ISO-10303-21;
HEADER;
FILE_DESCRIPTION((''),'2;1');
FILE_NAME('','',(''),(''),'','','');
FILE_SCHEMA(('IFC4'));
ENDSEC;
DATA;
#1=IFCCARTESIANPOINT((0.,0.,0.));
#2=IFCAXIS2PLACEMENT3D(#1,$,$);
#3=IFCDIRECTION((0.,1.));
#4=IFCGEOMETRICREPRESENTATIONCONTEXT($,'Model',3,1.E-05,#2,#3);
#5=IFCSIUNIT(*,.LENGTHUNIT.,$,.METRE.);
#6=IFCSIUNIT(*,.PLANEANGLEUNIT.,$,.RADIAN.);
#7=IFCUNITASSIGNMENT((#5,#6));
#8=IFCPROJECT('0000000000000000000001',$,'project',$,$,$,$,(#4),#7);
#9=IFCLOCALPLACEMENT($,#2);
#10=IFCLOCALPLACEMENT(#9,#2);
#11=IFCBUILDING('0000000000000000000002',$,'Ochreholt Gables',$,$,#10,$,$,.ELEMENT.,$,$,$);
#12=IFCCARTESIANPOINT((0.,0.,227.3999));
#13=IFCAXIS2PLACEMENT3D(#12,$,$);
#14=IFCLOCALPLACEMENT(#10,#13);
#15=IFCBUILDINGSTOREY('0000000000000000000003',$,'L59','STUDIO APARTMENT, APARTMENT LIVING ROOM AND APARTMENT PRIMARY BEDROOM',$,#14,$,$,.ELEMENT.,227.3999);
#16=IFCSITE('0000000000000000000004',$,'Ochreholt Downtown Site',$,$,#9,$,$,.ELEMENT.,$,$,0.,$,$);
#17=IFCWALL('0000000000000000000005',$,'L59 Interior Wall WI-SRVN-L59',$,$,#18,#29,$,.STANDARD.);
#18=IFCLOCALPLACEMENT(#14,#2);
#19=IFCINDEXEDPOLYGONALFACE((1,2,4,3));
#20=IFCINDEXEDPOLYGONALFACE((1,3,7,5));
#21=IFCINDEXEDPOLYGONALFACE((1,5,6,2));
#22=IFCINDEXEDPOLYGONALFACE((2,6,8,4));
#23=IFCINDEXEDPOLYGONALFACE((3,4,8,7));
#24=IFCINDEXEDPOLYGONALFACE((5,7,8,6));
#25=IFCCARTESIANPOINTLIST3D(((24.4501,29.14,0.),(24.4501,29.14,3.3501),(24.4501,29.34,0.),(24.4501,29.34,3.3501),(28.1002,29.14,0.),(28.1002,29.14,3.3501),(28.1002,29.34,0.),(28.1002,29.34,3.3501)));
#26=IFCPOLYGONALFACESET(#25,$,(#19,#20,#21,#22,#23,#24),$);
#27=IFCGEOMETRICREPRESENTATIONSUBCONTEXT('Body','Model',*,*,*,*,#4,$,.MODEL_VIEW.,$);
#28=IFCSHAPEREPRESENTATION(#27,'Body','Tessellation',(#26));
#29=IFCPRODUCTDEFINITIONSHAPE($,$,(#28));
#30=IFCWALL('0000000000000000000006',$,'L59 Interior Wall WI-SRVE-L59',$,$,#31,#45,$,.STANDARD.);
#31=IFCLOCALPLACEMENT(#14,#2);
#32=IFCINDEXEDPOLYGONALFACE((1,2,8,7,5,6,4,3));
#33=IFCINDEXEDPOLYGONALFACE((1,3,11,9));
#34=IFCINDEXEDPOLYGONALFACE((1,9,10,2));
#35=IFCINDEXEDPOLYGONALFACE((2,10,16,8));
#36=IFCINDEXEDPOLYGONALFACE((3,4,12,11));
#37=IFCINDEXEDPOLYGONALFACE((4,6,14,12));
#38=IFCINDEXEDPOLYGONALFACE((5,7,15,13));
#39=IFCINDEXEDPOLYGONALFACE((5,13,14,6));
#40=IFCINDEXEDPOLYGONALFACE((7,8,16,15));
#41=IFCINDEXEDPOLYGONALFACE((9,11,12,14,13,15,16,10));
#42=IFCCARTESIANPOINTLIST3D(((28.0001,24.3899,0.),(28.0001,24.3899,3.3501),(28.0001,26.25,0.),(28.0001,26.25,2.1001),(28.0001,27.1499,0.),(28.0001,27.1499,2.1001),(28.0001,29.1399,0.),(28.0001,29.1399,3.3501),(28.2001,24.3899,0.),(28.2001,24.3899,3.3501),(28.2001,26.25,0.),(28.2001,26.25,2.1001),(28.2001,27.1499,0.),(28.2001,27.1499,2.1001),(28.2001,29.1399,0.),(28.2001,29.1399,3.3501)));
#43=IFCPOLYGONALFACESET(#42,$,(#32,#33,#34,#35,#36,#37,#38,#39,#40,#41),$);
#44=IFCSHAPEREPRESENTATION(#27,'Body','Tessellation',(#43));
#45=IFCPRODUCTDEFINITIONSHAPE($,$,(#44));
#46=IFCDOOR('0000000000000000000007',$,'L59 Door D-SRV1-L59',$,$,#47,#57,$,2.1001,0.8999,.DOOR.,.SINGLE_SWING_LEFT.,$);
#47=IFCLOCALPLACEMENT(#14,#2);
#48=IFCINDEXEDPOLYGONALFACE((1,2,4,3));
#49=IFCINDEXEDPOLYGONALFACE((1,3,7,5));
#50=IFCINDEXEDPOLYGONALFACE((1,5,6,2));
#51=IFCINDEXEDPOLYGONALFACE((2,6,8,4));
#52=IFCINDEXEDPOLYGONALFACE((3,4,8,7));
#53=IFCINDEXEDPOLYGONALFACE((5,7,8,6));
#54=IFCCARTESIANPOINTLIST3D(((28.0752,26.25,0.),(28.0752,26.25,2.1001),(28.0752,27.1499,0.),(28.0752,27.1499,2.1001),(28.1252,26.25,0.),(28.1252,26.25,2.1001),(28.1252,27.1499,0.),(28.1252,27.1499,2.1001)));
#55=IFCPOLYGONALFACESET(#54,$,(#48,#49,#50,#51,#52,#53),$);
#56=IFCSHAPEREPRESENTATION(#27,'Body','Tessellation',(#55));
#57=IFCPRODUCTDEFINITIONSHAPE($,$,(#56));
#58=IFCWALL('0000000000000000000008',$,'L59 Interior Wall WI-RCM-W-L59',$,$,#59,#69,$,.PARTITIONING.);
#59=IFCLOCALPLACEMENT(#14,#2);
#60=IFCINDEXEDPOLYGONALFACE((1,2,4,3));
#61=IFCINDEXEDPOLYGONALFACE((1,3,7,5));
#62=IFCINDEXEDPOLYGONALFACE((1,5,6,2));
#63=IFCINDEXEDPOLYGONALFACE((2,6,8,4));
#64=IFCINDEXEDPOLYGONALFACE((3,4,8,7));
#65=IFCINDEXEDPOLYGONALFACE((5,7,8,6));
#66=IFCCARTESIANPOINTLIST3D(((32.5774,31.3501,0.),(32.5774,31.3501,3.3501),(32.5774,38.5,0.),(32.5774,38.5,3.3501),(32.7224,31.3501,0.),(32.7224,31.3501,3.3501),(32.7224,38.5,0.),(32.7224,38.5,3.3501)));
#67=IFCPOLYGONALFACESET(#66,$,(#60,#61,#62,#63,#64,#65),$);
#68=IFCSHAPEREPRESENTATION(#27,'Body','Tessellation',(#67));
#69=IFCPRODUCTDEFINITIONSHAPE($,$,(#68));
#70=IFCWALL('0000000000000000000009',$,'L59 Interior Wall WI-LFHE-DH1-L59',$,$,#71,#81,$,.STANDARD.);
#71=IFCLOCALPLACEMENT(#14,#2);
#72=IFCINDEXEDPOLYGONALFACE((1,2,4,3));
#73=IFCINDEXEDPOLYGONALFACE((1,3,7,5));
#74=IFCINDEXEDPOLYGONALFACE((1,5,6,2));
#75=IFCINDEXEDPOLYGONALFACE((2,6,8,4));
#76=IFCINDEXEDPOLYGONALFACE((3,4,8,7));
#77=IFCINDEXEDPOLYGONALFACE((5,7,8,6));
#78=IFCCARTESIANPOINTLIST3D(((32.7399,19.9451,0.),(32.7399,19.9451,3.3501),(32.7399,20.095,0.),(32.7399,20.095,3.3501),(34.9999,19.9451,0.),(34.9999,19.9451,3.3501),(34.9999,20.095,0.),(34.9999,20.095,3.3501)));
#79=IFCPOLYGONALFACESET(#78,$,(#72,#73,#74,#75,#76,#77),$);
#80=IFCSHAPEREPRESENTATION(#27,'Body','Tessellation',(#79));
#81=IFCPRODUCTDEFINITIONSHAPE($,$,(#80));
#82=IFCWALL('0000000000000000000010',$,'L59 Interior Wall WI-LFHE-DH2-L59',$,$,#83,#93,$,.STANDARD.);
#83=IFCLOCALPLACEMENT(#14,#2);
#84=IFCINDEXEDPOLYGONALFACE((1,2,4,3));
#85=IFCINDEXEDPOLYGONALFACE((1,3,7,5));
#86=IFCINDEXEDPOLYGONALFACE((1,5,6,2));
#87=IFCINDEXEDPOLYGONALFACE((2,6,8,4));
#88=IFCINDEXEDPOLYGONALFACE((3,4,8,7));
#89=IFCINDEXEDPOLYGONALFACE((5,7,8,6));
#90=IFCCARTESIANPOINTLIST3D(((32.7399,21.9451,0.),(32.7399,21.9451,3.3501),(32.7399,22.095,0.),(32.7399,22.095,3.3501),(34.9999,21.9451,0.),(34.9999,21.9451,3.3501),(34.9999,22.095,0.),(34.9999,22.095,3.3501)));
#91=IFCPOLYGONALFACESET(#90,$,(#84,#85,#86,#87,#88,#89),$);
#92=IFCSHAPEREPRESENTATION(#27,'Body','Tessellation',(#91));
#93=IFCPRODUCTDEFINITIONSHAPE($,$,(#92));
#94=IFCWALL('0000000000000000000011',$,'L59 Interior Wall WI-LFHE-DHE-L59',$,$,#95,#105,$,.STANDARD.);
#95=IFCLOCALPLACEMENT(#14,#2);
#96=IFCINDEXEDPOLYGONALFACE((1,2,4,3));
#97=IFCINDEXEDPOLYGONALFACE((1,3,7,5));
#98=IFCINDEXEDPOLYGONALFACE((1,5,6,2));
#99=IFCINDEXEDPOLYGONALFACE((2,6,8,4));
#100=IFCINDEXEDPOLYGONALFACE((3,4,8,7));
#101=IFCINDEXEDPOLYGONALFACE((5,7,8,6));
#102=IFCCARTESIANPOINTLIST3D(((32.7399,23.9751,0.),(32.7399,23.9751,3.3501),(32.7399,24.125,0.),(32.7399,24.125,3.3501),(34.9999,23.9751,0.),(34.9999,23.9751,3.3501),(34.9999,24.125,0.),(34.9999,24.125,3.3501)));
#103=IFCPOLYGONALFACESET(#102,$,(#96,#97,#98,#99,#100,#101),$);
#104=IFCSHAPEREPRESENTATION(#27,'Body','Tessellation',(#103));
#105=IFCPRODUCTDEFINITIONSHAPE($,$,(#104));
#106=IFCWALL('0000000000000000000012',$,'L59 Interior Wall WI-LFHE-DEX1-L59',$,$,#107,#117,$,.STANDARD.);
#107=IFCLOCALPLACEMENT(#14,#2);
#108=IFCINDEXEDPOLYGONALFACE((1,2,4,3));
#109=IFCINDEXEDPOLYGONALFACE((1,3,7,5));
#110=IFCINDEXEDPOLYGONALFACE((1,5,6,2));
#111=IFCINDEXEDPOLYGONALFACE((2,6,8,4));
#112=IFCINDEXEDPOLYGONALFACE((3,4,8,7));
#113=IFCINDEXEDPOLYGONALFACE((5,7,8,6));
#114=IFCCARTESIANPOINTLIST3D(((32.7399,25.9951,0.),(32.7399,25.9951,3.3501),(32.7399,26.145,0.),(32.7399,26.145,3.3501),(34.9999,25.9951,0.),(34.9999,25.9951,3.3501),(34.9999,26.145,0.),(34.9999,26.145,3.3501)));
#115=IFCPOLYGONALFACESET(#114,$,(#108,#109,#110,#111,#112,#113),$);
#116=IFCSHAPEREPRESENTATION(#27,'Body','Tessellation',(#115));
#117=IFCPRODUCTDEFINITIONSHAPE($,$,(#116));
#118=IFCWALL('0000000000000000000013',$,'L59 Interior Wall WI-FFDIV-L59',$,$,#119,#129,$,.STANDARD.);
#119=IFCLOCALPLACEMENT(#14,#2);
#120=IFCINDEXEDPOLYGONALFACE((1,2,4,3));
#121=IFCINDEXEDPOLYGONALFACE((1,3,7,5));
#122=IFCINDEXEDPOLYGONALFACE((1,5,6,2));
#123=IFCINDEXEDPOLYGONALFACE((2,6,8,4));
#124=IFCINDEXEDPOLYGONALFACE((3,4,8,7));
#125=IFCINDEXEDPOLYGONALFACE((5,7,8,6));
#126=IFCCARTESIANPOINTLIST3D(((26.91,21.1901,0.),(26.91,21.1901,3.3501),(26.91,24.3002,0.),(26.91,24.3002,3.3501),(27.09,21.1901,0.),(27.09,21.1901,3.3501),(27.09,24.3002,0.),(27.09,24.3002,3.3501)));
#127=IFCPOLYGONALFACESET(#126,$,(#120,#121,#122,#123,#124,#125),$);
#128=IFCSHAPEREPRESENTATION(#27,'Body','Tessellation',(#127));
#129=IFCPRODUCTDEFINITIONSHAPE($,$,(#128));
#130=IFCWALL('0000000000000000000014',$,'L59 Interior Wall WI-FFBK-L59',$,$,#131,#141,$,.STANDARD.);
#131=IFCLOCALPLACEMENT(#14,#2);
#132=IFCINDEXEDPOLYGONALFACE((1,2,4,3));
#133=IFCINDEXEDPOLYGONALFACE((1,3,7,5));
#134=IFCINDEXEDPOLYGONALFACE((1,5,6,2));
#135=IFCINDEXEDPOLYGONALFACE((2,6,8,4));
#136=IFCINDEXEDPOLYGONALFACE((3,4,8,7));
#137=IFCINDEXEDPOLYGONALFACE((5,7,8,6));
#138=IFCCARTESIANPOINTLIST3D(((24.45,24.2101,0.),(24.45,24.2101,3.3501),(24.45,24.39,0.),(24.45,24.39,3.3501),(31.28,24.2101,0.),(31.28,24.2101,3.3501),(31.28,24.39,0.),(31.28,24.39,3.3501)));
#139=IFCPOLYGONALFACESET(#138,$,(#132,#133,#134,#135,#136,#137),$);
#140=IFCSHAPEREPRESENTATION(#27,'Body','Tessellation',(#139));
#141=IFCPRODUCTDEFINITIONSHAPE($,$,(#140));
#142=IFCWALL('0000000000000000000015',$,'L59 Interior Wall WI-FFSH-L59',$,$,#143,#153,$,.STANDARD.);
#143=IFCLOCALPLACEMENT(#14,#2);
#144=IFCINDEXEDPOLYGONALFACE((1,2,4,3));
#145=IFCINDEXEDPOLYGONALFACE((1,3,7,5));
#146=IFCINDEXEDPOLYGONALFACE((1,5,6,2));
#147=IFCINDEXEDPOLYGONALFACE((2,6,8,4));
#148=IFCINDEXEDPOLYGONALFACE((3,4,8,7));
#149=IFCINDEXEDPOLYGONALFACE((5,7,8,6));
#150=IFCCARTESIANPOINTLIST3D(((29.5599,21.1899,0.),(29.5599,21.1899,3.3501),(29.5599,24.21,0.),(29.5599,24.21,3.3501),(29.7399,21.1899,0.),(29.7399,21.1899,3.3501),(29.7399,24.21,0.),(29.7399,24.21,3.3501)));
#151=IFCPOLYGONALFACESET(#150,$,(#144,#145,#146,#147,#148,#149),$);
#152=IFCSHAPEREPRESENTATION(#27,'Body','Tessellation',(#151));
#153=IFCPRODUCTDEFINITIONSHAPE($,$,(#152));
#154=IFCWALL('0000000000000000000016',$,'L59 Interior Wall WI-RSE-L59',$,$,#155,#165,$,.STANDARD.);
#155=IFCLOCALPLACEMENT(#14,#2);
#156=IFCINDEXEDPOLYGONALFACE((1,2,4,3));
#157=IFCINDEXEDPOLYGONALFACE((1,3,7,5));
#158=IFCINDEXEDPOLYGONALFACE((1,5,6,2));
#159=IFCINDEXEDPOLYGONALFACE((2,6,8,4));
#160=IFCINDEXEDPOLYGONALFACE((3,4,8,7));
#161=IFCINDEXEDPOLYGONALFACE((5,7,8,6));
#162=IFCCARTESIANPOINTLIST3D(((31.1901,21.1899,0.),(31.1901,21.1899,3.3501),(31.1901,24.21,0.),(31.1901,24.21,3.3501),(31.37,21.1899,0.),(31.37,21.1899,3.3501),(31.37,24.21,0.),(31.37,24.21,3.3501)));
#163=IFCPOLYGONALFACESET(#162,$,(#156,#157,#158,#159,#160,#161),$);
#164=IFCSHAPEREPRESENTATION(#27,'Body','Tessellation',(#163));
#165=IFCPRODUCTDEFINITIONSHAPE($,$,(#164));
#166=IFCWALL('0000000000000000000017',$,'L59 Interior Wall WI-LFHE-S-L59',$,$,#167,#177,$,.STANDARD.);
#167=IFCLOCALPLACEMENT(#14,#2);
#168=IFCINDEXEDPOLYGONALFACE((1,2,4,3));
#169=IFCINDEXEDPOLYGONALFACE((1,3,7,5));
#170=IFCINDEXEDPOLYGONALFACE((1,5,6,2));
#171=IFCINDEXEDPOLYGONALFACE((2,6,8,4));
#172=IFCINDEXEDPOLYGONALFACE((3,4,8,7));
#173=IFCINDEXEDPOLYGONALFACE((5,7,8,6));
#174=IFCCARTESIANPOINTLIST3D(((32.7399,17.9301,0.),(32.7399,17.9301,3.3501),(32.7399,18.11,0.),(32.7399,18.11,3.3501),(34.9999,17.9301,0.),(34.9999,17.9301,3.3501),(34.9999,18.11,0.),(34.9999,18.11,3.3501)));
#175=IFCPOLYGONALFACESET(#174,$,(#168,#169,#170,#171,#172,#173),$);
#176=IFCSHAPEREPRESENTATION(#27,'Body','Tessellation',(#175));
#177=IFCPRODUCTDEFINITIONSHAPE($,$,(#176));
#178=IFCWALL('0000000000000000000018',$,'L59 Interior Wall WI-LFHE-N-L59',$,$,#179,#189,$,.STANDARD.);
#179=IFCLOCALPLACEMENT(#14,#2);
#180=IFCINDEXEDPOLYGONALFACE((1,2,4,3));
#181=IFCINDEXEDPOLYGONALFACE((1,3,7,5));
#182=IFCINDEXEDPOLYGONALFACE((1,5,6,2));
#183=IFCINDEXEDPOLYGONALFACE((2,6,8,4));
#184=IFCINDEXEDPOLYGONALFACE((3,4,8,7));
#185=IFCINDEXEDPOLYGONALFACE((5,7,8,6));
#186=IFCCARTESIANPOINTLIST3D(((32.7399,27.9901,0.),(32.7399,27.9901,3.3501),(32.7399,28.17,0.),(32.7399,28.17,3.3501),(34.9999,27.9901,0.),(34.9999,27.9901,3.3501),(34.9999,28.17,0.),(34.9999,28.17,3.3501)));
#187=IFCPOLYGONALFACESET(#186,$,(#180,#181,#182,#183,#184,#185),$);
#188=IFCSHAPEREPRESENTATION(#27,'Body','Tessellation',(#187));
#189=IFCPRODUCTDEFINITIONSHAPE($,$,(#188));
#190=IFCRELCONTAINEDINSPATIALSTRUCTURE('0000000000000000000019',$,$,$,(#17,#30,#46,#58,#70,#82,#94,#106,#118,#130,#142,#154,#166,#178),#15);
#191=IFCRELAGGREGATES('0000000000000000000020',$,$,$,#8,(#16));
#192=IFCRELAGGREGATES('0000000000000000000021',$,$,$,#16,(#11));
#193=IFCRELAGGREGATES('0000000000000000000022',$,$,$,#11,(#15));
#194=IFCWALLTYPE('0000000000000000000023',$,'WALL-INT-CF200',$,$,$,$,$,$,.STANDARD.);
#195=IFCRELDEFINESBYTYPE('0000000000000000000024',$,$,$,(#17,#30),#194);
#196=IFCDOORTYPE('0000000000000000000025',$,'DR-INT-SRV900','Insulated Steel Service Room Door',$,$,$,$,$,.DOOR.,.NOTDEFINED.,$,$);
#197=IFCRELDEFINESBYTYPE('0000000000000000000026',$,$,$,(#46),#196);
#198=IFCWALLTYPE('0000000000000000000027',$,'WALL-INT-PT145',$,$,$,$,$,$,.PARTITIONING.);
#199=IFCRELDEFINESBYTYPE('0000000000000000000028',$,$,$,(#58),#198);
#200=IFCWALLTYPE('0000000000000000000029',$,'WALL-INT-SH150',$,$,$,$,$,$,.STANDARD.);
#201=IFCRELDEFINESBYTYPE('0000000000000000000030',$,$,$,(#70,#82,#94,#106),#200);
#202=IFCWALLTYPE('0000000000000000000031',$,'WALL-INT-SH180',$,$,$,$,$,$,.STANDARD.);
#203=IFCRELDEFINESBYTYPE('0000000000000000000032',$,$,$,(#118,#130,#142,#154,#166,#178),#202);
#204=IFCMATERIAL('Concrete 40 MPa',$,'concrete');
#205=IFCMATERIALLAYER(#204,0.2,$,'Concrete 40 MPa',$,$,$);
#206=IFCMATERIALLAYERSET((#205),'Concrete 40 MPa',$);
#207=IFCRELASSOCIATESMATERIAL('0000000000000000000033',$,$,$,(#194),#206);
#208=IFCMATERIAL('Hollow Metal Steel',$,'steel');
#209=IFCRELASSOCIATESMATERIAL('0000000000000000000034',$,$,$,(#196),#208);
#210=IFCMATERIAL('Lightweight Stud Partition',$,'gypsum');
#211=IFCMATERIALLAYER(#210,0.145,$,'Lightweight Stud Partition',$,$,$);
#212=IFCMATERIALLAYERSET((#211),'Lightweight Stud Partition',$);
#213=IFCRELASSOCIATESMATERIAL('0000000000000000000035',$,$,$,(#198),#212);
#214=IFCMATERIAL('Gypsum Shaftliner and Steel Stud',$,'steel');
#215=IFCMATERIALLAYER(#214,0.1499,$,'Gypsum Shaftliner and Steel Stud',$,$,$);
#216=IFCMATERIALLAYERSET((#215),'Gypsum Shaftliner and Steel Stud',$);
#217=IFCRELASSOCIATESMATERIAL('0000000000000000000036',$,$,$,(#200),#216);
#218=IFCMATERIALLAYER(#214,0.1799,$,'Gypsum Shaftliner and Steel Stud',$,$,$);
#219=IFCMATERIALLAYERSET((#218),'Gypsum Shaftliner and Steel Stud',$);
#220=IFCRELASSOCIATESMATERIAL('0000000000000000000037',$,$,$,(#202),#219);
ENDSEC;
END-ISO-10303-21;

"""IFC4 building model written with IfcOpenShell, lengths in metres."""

from ifc_helpers import new_model, si_unit, direction, frame, frame_2d, origin, place, context, subcontext, project, spatial, rectangle, extrude, material, layer, layer_set, type_object, element, fill, save


model = new_model("IFC4")

# Units and contexts
model_context = context("Model", 3, precision=1e-05, world=origin(), true_north=direction((0.0, 1.0)))
body_context = subcontext(model_context, "Body", "Model", "MODEL_VIEW")
ifc_project = project(units=[si_unit("LENGTHUNIT", "METRE"), si_unit("PLANEANGLEUNIT", "RADIAN")], contexts=[model_context])

# Site, building, storey
site_placement = place(None, origin())
site = spatial("IfcSite", under=ifc_project, at=site_placement, Name="Ochreholt Downtown Site", CompositionType="ELEMENT", RefElevation=0.0)
building_placement = place(site_placement, origin())
building = spatial("IfcBuilding", under=site, at=building_placement, Name="Ochreholt Gables", CompositionType="ELEMENT")
storey_placement = place(building_placement, frame((0.0, 0.0, 227.3999)))
storey = spatial("IfcBuildingStorey", under=building, at=storey_placement, Name="L59", Description="STUDIO APARTMENT, APARTMENT LIVING ROOM AND APARTMENT PRIMARY BEDROOM", CompositionType="ELEMENT", Elevation=227.3999)

# Shared definitions
ifc_material_1 = material(Name="Concrete 40 MPa", Category="concrete")
ifc_layer_1 = layer(ifc_material_1, 0.2, Name="Concrete 40 MPa")
ifc_layer_set_1 = layer_set([ifc_layer_1], Name="Concrete 40 MPa")
wall_type_1 = type_object("IfcWallType", Name="WALL-INT-CF200", PredefinedType="STANDARD", material=ifc_layer_set_1)

# Wall
wall_1_placement = place(storey_placement, frame((24.45, 29.24, 0.0), z_axis=(0.0, 0.0, 1.0), x_axis=(1.0, 0.0, 0.0)))
element("IfcWall", 1, at=wall_1_placement, inside=storey, type_object=wall_type_1, Name="L59 Interior Wall WI-SRVN-L59", PredefinedType="STANDARD", context=body_context, shape_type="SweptSolid", body=[
    extrude(rectangle(XDim=3.6501, YDim=0.2, at=frame_2d((1.8252, 0.0))), origin(), (0.0, 0.0, 1.0), 3.3501),
])

# Wall, opening, door
wall_2_placement = place(storey_placement, frame((28.1001, 24.3899, 0.0), z_axis=(0.0, 0.0, 1.0), x_axis=(0.0, 1.0, 0.0)))
wall_2 = element("IfcWall", 2, at=wall_2_placement, inside=storey, type_object=wall_type_1, Name="L59 Interior Wall WI-SRVE-L59", PredefinedType="STANDARD", context=body_context, shape_type="SweptSolid", body=[
    extrude(rectangle(XDim=4.75, YDim=0.2, at=frame_2d((2.375, 0.0))), origin(), (0.0, 0.0, 1.0), 3.3501),
])
opening_1_placement = place(wall_2_placement, frame((1.8601, 0.0, 0.0)))
opening_1 = element("IfcOpeningElement", 3, at=opening_1_placement, cuts=wall_2, PredefinedType="OPENING", context=body_context, shape_type="SweptSolid", body=[
    extrude(rectangle(XDim=0.8999, YDim=2.1001, at=frame_2d((0.45, 1.05))), frame((0.0, 0.1099, 0.0), z_axis=(0.0, -1.0, 0.0), x_axis=(1.0, 0.0, 0.0)), (0.0, 0.0, 1.0), 0.22),
])
ifc_material_2 = material(Name="Hollow Metal Steel", Category="steel")
door_type_1 = type_object("IfcDoorType", Name="DR-INT-SRV900", Description="Insulated Steel Service Room Door", OperationType="NOTDEFINED", PredefinedType="DOOR", material=ifc_material_2)
door_1_placement = place(opening_1_placement, origin())
door_1 = element("IfcDoor", 4, at=door_1_placement, inside=storey, type_object=door_type_1, Name="L59 Door D-SRV1-L59", OperationType="SINGLE_SWING_LEFT", OverallHeight=2.1001, OverallWidth=0.8999, PredefinedType="DOOR", context=body_context, shape_type="SweptSolid", body=[
    extrude(rectangle(XDim=0.8999, YDim=2.1001, at=frame_2d((0.45, 1.05))), frame((0.0, 0.0249, 0.0), z_axis=(0.0, -1.0, 0.0), x_axis=(1.0, 0.0, 0.0)), (0.0, 0.0, 1.0), 0.05),
])
fill(opening_1, door_1)

# Walls
ifc_material_3 = material(Name="Lightweight Stud Partition", Category="gypsum")
ifc_layer_2 = layer(ifc_material_3, 0.145, Name="Lightweight Stud Partition")
ifc_layer_set_2 = layer_set([ifc_layer_2], Name="Lightweight Stud Partition")
wall_type_2 = type_object("IfcWallType", Name="WALL-INT-PT145", PredefinedType="PARTITIONING", material=ifc_layer_set_2)
wall_3_placement = place(storey_placement, frame((32.6499, 31.3501, 0.0), z_axis=(0.0, 0.0, 1.0), x_axis=(0.0, 1.0, 0.0)))
element("IfcWall", 5, at=wall_3_placement, inside=storey, type_object=wall_type_2, Name="L59 Interior Wall WI-RCM-W-L59", PredefinedType="PARTITIONING", context=body_context, shape_type="SweptSolid", body=[
    extrude(rectangle(XDim=7.1499, YDim=0.145, at=frame_2d((3.575, 0.0))), origin(), (0.0, 0.0, 1.0), 3.3501),
])
ifc_material_4 = material(Name="Gypsum Shaftliner and Steel Stud", Category="steel")
ifc_layer_3 = layer(ifc_material_4, 0.1499, Name="Gypsum Shaftliner and Steel Stud")
ifc_layer_set_3 = layer_set([ifc_layer_3], Name="Gypsum Shaftliner and Steel Stud")
wall_type_3 = type_object("IfcWallType", Name="WALL-INT-SH150", PredefinedType="STANDARD", material=ifc_layer_set_3)
for number, where, z_axis, x_axis, name in (
    (6, (32.74, 20.02, 0.0), (0.0, 0.0, 1.0), (1.0, 0.0, 0.0), "L59 Interior Wall WI-LFHE-DH1-L59"),
    (7, (32.74, 22.02, 0.0), (0.0, 0.0, 1.0), (1.0, 0.0, 0.0), "L59 Interior Wall WI-LFHE-DH2-L59"),
    (8, (32.74, 24.05, 0.0), (0.0, 0.0, 1.0), (1.0, 0.0, 0.0), "L59 Interior Wall WI-LFHE-DHE-L59"),
    (9, (32.74, 26.0701, 0.0), (0.0, 0.0, 1.0), (1.0, 0.0, 0.0), "L59 Interior Wall WI-LFHE-DEX1-L59"),
):
    element("IfcWall", number, at=place(storey_placement, frame(where, z_axis=z_axis, x_axis=x_axis)), inside=storey, type_object=wall_type_3, Name=name, PredefinedType="STANDARD", context=body_context, shape_type="SweptSolid", body=[
        extrude(rectangle(XDim=2.26, YDim=0.1499, at=frame_2d((1.1299, 0.0))), origin(), (0.0, 0.0, 1.0), 3.3501),
    ])
ifc_layer_4 = layer(ifc_material_4, 0.1799, Name="Gypsum Shaftliner and Steel Stud")
ifc_layer_set_4 = layer_set([ifc_layer_4], Name="Gypsum Shaftliner and Steel Stud")
wall_type_4 = type_object("IfcWallType", Name="WALL-INT-SH180", PredefinedType="STANDARD", material=ifc_layer_set_4)
wall_4_placement = place(storey_placement, frame((27.0, 21.1899, 0.0), z_axis=(0.0, 0.0, 1.0), x_axis=(0.0, 1.0, 0.0)))
element("IfcWall", 10, at=wall_4_placement, inside=storey, type_object=wall_type_4, Name="L59 Interior Wall WI-FFDIV-L59", PredefinedType="STANDARD", context=body_context, shape_type="SweptSolid", body=[
    extrude(rectangle(XDim=3.1101, YDim=0.1799, at=frame_2d((1.5552, 0.0))), origin(), (0.0, 0.0, 1.0), 3.3501),
])
wall_5_placement = place(storey_placement, frame((24.45, 24.3, 0.0), z_axis=(0.0, 0.0, 1.0), x_axis=(1.0, 0.0, 0.0)))
element("IfcWall", 11, at=wall_5_placement, inside=storey, type_object=wall_type_4, Name="L59 Interior Wall WI-FFBK-L59", PredefinedType="STANDARD", context=body_context, shape_type="SweptSolid", body=[
    extrude(rectangle(XDim=6.8301, YDim=0.1799, at=frame_2d((3.415, 0.0))), origin(), (0.0, 0.0, 1.0), 3.3501),
])
for number, where, z_axis, x_axis, name in (
    (12, (29.6499, 21.1899, 0.0), (0.0, 0.0, 1.0), (0.0, 1.0, 0.0), "L59 Interior Wall WI-FFSH-L59"),
    (13, (31.28, 21.1899, 0.0), (0.0, 0.0, 1.0), (0.0, 1.0, 0.0), "L59 Interior Wall WI-RSE-L59"),
):
    element("IfcWall", number, at=place(storey_placement, frame(where, z_axis=z_axis, x_axis=x_axis)), inside=storey, type_object=wall_type_4, Name=name, PredefinedType="STANDARD", context=body_context, shape_type="SweptSolid", body=[
        extrude(rectangle(XDim=3.02, YDim=0.1799, at=frame_2d((1.51, 0.0))), origin(), (0.0, 0.0, 1.0), 3.3501),
    ])
for number, where, z_axis, x_axis, name in (
    (14, (32.74, 18.02, 0.0), (0.0, 0.0, 1.0), (1.0, 0.0, 0.0), "L59 Interior Wall WI-LFHE-S-L59"),
    (15, (32.74, 28.0801, 0.0), (0.0, 0.0, 1.0), (1.0, 0.0, 0.0), "L59 Interior Wall WI-LFHE-N-L59"),
):
    element("IfcWall", number, at=place(storey_placement, frame(where, z_axis=z_axis, x_axis=x_axis)), inside=storey, type_object=wall_type_4, Name=name, PredefinedType="STANDARD", context=body_context, shape_type="SweptSolid", body=[
        extrude(rectangle(XDim=2.26, YDim=0.1799, at=frame_2d((1.1299, 0.0))), origin(), (0.0, 0.0, 1.0), 3.3501),
    ])

save(model, "model.ifc")
